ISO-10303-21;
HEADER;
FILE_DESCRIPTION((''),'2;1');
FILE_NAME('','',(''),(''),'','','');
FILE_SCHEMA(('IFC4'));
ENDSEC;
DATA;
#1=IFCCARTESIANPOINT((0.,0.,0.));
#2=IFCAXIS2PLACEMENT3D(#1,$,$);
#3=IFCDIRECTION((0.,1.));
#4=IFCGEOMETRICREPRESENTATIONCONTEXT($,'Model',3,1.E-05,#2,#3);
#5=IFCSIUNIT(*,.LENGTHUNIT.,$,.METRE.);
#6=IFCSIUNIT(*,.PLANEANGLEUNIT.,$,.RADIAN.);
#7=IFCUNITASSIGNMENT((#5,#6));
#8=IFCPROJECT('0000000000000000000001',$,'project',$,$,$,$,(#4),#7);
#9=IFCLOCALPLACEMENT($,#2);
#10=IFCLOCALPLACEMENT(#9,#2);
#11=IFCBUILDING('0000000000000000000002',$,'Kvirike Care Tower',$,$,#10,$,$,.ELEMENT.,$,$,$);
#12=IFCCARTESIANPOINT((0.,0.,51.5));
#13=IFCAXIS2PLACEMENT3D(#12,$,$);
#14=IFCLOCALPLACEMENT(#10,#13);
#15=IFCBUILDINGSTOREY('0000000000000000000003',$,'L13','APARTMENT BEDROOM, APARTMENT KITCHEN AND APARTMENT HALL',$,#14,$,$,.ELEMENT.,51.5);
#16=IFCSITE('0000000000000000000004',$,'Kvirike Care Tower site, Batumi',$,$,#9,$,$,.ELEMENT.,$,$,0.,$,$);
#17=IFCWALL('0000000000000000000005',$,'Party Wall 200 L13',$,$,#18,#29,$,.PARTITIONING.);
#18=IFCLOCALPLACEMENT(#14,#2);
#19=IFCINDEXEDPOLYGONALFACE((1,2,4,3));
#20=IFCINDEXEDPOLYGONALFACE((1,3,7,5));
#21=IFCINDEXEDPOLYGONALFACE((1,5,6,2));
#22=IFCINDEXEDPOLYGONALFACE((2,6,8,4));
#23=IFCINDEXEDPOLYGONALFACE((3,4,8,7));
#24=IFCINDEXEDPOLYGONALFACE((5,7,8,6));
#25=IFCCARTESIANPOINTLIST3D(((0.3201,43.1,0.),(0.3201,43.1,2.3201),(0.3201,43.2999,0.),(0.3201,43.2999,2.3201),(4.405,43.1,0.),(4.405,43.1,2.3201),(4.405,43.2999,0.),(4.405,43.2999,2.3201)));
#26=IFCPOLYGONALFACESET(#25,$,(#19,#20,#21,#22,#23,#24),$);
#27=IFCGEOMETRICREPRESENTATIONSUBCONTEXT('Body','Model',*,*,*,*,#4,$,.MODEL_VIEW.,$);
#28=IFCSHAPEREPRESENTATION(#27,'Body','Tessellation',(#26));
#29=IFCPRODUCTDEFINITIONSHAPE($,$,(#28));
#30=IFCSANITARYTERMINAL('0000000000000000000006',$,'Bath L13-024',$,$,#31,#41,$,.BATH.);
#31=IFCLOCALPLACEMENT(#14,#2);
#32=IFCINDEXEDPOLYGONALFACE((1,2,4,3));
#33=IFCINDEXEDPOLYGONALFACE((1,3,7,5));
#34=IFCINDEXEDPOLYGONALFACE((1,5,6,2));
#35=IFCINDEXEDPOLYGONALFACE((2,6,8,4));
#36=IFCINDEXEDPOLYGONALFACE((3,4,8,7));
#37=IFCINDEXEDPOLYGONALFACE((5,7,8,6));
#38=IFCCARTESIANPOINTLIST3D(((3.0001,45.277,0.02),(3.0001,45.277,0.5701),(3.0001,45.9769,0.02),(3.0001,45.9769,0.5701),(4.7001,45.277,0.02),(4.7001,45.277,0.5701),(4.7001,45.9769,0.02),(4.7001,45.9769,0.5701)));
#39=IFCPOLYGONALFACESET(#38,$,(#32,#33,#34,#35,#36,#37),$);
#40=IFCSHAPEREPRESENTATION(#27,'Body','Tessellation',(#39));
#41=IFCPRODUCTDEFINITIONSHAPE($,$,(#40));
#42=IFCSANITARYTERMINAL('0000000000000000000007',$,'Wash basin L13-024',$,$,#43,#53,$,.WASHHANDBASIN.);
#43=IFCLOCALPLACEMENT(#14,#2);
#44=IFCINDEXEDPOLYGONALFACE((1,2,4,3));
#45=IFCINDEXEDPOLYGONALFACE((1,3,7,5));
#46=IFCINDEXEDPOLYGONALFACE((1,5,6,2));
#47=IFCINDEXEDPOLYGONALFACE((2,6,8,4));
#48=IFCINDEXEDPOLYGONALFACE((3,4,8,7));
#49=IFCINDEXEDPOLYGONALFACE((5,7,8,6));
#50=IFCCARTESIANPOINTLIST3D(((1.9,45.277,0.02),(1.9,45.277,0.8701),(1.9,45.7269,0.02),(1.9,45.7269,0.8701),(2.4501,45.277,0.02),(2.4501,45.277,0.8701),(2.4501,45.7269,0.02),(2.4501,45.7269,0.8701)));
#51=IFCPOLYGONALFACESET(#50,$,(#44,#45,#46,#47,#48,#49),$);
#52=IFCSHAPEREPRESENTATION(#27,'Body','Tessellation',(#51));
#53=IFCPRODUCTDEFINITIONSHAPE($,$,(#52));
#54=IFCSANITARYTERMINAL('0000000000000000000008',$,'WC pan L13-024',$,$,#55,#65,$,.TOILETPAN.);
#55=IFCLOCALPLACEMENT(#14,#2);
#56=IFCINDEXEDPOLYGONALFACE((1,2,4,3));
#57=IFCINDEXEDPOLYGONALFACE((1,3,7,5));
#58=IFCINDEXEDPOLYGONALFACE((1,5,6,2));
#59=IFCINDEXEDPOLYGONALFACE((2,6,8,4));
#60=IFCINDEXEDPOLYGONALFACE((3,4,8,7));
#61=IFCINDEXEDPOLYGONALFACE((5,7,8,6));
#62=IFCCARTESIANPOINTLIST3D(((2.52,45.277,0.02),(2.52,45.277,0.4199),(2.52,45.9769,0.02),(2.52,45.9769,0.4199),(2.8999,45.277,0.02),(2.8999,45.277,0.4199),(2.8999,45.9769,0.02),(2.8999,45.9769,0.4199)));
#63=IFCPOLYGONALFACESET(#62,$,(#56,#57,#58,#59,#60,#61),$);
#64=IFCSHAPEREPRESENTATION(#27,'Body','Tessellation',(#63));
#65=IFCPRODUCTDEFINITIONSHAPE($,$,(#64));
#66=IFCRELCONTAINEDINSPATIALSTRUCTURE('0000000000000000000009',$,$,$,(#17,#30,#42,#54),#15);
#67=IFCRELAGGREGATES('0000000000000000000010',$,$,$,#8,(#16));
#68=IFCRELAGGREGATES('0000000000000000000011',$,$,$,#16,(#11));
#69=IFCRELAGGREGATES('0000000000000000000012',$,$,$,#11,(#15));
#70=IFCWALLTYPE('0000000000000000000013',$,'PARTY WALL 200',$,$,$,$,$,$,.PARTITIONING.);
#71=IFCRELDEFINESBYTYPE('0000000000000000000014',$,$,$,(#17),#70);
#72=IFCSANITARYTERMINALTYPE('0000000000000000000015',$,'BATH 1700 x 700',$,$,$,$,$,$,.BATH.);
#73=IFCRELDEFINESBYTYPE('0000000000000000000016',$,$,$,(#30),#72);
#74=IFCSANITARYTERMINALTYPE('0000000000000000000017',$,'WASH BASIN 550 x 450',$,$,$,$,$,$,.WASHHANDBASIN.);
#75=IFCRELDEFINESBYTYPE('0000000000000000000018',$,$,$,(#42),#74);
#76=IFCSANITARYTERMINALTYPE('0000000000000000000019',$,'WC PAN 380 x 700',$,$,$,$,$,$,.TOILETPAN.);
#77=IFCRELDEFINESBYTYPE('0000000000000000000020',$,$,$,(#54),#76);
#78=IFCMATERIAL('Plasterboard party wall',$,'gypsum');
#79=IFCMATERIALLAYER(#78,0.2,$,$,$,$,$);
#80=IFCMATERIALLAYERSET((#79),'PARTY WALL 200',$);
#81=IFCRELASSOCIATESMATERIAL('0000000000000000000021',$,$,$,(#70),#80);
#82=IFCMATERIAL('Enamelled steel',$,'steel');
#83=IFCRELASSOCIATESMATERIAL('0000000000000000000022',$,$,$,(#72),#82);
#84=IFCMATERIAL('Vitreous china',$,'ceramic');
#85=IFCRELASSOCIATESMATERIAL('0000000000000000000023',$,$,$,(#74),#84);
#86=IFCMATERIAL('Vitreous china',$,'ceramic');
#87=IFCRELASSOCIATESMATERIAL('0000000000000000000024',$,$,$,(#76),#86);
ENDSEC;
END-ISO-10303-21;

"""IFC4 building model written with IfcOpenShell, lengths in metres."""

from ifc_helpers import new_model, si_unit, direction, frame, frame_2d, origin, origin_2d, place, context, subcontext, project, spatial, rectangle, extrude, material, layer, layer_set, type_object, element, save


model = new_model("IFC4")

# Units and contexts
model_context = context("Model", 3, precision=1e-05, world=origin(), true_north=direction((0.0, 1.0)))
body_context = subcontext(model_context, "Body", "Model", "MODEL_VIEW")
ifc_project = project(units=[si_unit("LENGTHUNIT", "METRE"), si_unit("PLANEANGLEUNIT", "RADIAN")], contexts=[model_context])

# Site, building, storey
site_placement = place(None, origin())
site = spatial("IfcSite", under=ifc_project, at=site_placement, Name="Kvirike Care Tower site, Batumi", CompositionType="ELEMENT", RefElevation=0.0)
building_placement = place(site_placement, origin())
building = spatial("IfcBuilding", under=site, at=building_placement, Name="Kvirike Care Tower", CompositionType="ELEMENT")
storey_placement = place(building_placement, frame((0.0, 0.0, 51.5)))
storey = spatial("IfcBuildingStorey", under=building, at=storey_placement, Name="L13", Description="APARTMENT BEDROOM, APARTMENT KITCHEN AND APARTMENT HALL", CompositionType="ELEMENT", Elevation=51.5)

# Wall
ifc_material_1 = material(Name="Plasterboard party wall", Category="gypsum")
ifc_layer_1 = layer(ifc_material_1, 0.2)
ifc_layer_set_1 = layer_set([ifc_layer_1], Name="PARTY WALL 200")
wall_type_1 = type_object("IfcWallType", Name="PARTY WALL 200", PredefinedType="PARTITIONING", material=ifc_layer_set_1)
wall_1_placement = place(storey_placement, frame((4.405, 43.2, 0.0), z_axis=(0.0, 0.0, 1.0), x_axis=(-1.0, 0.0, 0.0)))
element("IfcWall", 1, at=wall_1_placement, inside=storey, type_object=wall_type_1, Name="Party Wall 200 L13", PredefinedType="PARTITIONING", context=body_context, shape_type="SweptSolid", body=[
    extrude(rectangle(XDim=4.085, YDim=0.2, at=frame_2d((2.0425, 0.0))), origin(), (0.0, 0.0, 1.0), 2.3201),
])

# Sanitary terminals
ifc_material_2 = material(Name="Enamelled steel", Category="steel")
sanitary_terminal_type_1 = type_object("IfcSanitaryTerminalType", Name="BATH 1700 x 700", PredefinedType="BATH", material=ifc_material_2)
sanitary_terminal_1_placement = place(storey_placement, frame((3.8501, 45.627, 0.02), z_axis=(0.0, 0.0, 1.0), x_axis=(-1.0, 0.0, 0.0)))
element("IfcSanitaryTerminal", 2, at=sanitary_terminal_1_placement, inside=storey, type_object=sanitary_terminal_type_1, Name="Bath L13-024", PredefinedType="BATH", context=body_context, shape_type="SweptSolid", body=[
    extrude(rectangle(XDim=1.7, YDim=0.7, at=origin_2d()), origin(), (0.0, 0.0, 1.0), 0.55),
])
ifc_material_3 = material(Name="Vitreous china", Category="ceramic")
sanitary_terminal_type_2 = type_object("IfcSanitaryTerminalType", Name="WASH BASIN 550 x 450", PredefinedType="WASHHANDBASIN", material=ifc_material_3)
sanitary_terminal_2_placement = place(storey_placement, frame((2.175, 45.502, 0.02), z_axis=(0.0, 0.0, 1.0), x_axis=(-1.0, 0.0, 0.0)))
element("IfcSanitaryTerminal", 3, at=sanitary_terminal_2_placement, inside=storey, type_object=sanitary_terminal_type_2, Name="Wash basin L13-024", PredefinedType="WASHHANDBASIN", context=body_context, shape_type="SweptSolid", body=[
    extrude(rectangle(XDim=0.55, YDim=0.45, at=origin_2d()), origin(), (0.0, 0.0, 1.0), 0.8501),
])
ifc_material_4 = material(Name="Vitreous china", Category="ceramic")
sanitary_terminal_type_3 = type_object("IfcSanitaryTerminalType", Name="WC PAN 380 x 700", PredefinedType="TOILETPAN", material=ifc_material_4)
sanitary_terminal_3_placement = place(storey_placement, frame((2.71, 45.627, 0.02), z_axis=(0.0, 0.0, 1.0), x_axis=(-1.0, 0.0, 0.0)))
element("IfcSanitaryTerminal", 4, at=sanitary_terminal_3_placement, inside=storey, type_object=sanitary_terminal_type_3, Name="WC pan L13-024", PredefinedType="TOILETPAN", context=body_context, shape_type="SweptSolid", body=[
    extrude(rectangle(XDim=0.3799, YDim=0.7, at=origin_2d()), origin(), (0.0, 0.0, 1.0), 0.3999),
])

save(model, "model.ifc")
